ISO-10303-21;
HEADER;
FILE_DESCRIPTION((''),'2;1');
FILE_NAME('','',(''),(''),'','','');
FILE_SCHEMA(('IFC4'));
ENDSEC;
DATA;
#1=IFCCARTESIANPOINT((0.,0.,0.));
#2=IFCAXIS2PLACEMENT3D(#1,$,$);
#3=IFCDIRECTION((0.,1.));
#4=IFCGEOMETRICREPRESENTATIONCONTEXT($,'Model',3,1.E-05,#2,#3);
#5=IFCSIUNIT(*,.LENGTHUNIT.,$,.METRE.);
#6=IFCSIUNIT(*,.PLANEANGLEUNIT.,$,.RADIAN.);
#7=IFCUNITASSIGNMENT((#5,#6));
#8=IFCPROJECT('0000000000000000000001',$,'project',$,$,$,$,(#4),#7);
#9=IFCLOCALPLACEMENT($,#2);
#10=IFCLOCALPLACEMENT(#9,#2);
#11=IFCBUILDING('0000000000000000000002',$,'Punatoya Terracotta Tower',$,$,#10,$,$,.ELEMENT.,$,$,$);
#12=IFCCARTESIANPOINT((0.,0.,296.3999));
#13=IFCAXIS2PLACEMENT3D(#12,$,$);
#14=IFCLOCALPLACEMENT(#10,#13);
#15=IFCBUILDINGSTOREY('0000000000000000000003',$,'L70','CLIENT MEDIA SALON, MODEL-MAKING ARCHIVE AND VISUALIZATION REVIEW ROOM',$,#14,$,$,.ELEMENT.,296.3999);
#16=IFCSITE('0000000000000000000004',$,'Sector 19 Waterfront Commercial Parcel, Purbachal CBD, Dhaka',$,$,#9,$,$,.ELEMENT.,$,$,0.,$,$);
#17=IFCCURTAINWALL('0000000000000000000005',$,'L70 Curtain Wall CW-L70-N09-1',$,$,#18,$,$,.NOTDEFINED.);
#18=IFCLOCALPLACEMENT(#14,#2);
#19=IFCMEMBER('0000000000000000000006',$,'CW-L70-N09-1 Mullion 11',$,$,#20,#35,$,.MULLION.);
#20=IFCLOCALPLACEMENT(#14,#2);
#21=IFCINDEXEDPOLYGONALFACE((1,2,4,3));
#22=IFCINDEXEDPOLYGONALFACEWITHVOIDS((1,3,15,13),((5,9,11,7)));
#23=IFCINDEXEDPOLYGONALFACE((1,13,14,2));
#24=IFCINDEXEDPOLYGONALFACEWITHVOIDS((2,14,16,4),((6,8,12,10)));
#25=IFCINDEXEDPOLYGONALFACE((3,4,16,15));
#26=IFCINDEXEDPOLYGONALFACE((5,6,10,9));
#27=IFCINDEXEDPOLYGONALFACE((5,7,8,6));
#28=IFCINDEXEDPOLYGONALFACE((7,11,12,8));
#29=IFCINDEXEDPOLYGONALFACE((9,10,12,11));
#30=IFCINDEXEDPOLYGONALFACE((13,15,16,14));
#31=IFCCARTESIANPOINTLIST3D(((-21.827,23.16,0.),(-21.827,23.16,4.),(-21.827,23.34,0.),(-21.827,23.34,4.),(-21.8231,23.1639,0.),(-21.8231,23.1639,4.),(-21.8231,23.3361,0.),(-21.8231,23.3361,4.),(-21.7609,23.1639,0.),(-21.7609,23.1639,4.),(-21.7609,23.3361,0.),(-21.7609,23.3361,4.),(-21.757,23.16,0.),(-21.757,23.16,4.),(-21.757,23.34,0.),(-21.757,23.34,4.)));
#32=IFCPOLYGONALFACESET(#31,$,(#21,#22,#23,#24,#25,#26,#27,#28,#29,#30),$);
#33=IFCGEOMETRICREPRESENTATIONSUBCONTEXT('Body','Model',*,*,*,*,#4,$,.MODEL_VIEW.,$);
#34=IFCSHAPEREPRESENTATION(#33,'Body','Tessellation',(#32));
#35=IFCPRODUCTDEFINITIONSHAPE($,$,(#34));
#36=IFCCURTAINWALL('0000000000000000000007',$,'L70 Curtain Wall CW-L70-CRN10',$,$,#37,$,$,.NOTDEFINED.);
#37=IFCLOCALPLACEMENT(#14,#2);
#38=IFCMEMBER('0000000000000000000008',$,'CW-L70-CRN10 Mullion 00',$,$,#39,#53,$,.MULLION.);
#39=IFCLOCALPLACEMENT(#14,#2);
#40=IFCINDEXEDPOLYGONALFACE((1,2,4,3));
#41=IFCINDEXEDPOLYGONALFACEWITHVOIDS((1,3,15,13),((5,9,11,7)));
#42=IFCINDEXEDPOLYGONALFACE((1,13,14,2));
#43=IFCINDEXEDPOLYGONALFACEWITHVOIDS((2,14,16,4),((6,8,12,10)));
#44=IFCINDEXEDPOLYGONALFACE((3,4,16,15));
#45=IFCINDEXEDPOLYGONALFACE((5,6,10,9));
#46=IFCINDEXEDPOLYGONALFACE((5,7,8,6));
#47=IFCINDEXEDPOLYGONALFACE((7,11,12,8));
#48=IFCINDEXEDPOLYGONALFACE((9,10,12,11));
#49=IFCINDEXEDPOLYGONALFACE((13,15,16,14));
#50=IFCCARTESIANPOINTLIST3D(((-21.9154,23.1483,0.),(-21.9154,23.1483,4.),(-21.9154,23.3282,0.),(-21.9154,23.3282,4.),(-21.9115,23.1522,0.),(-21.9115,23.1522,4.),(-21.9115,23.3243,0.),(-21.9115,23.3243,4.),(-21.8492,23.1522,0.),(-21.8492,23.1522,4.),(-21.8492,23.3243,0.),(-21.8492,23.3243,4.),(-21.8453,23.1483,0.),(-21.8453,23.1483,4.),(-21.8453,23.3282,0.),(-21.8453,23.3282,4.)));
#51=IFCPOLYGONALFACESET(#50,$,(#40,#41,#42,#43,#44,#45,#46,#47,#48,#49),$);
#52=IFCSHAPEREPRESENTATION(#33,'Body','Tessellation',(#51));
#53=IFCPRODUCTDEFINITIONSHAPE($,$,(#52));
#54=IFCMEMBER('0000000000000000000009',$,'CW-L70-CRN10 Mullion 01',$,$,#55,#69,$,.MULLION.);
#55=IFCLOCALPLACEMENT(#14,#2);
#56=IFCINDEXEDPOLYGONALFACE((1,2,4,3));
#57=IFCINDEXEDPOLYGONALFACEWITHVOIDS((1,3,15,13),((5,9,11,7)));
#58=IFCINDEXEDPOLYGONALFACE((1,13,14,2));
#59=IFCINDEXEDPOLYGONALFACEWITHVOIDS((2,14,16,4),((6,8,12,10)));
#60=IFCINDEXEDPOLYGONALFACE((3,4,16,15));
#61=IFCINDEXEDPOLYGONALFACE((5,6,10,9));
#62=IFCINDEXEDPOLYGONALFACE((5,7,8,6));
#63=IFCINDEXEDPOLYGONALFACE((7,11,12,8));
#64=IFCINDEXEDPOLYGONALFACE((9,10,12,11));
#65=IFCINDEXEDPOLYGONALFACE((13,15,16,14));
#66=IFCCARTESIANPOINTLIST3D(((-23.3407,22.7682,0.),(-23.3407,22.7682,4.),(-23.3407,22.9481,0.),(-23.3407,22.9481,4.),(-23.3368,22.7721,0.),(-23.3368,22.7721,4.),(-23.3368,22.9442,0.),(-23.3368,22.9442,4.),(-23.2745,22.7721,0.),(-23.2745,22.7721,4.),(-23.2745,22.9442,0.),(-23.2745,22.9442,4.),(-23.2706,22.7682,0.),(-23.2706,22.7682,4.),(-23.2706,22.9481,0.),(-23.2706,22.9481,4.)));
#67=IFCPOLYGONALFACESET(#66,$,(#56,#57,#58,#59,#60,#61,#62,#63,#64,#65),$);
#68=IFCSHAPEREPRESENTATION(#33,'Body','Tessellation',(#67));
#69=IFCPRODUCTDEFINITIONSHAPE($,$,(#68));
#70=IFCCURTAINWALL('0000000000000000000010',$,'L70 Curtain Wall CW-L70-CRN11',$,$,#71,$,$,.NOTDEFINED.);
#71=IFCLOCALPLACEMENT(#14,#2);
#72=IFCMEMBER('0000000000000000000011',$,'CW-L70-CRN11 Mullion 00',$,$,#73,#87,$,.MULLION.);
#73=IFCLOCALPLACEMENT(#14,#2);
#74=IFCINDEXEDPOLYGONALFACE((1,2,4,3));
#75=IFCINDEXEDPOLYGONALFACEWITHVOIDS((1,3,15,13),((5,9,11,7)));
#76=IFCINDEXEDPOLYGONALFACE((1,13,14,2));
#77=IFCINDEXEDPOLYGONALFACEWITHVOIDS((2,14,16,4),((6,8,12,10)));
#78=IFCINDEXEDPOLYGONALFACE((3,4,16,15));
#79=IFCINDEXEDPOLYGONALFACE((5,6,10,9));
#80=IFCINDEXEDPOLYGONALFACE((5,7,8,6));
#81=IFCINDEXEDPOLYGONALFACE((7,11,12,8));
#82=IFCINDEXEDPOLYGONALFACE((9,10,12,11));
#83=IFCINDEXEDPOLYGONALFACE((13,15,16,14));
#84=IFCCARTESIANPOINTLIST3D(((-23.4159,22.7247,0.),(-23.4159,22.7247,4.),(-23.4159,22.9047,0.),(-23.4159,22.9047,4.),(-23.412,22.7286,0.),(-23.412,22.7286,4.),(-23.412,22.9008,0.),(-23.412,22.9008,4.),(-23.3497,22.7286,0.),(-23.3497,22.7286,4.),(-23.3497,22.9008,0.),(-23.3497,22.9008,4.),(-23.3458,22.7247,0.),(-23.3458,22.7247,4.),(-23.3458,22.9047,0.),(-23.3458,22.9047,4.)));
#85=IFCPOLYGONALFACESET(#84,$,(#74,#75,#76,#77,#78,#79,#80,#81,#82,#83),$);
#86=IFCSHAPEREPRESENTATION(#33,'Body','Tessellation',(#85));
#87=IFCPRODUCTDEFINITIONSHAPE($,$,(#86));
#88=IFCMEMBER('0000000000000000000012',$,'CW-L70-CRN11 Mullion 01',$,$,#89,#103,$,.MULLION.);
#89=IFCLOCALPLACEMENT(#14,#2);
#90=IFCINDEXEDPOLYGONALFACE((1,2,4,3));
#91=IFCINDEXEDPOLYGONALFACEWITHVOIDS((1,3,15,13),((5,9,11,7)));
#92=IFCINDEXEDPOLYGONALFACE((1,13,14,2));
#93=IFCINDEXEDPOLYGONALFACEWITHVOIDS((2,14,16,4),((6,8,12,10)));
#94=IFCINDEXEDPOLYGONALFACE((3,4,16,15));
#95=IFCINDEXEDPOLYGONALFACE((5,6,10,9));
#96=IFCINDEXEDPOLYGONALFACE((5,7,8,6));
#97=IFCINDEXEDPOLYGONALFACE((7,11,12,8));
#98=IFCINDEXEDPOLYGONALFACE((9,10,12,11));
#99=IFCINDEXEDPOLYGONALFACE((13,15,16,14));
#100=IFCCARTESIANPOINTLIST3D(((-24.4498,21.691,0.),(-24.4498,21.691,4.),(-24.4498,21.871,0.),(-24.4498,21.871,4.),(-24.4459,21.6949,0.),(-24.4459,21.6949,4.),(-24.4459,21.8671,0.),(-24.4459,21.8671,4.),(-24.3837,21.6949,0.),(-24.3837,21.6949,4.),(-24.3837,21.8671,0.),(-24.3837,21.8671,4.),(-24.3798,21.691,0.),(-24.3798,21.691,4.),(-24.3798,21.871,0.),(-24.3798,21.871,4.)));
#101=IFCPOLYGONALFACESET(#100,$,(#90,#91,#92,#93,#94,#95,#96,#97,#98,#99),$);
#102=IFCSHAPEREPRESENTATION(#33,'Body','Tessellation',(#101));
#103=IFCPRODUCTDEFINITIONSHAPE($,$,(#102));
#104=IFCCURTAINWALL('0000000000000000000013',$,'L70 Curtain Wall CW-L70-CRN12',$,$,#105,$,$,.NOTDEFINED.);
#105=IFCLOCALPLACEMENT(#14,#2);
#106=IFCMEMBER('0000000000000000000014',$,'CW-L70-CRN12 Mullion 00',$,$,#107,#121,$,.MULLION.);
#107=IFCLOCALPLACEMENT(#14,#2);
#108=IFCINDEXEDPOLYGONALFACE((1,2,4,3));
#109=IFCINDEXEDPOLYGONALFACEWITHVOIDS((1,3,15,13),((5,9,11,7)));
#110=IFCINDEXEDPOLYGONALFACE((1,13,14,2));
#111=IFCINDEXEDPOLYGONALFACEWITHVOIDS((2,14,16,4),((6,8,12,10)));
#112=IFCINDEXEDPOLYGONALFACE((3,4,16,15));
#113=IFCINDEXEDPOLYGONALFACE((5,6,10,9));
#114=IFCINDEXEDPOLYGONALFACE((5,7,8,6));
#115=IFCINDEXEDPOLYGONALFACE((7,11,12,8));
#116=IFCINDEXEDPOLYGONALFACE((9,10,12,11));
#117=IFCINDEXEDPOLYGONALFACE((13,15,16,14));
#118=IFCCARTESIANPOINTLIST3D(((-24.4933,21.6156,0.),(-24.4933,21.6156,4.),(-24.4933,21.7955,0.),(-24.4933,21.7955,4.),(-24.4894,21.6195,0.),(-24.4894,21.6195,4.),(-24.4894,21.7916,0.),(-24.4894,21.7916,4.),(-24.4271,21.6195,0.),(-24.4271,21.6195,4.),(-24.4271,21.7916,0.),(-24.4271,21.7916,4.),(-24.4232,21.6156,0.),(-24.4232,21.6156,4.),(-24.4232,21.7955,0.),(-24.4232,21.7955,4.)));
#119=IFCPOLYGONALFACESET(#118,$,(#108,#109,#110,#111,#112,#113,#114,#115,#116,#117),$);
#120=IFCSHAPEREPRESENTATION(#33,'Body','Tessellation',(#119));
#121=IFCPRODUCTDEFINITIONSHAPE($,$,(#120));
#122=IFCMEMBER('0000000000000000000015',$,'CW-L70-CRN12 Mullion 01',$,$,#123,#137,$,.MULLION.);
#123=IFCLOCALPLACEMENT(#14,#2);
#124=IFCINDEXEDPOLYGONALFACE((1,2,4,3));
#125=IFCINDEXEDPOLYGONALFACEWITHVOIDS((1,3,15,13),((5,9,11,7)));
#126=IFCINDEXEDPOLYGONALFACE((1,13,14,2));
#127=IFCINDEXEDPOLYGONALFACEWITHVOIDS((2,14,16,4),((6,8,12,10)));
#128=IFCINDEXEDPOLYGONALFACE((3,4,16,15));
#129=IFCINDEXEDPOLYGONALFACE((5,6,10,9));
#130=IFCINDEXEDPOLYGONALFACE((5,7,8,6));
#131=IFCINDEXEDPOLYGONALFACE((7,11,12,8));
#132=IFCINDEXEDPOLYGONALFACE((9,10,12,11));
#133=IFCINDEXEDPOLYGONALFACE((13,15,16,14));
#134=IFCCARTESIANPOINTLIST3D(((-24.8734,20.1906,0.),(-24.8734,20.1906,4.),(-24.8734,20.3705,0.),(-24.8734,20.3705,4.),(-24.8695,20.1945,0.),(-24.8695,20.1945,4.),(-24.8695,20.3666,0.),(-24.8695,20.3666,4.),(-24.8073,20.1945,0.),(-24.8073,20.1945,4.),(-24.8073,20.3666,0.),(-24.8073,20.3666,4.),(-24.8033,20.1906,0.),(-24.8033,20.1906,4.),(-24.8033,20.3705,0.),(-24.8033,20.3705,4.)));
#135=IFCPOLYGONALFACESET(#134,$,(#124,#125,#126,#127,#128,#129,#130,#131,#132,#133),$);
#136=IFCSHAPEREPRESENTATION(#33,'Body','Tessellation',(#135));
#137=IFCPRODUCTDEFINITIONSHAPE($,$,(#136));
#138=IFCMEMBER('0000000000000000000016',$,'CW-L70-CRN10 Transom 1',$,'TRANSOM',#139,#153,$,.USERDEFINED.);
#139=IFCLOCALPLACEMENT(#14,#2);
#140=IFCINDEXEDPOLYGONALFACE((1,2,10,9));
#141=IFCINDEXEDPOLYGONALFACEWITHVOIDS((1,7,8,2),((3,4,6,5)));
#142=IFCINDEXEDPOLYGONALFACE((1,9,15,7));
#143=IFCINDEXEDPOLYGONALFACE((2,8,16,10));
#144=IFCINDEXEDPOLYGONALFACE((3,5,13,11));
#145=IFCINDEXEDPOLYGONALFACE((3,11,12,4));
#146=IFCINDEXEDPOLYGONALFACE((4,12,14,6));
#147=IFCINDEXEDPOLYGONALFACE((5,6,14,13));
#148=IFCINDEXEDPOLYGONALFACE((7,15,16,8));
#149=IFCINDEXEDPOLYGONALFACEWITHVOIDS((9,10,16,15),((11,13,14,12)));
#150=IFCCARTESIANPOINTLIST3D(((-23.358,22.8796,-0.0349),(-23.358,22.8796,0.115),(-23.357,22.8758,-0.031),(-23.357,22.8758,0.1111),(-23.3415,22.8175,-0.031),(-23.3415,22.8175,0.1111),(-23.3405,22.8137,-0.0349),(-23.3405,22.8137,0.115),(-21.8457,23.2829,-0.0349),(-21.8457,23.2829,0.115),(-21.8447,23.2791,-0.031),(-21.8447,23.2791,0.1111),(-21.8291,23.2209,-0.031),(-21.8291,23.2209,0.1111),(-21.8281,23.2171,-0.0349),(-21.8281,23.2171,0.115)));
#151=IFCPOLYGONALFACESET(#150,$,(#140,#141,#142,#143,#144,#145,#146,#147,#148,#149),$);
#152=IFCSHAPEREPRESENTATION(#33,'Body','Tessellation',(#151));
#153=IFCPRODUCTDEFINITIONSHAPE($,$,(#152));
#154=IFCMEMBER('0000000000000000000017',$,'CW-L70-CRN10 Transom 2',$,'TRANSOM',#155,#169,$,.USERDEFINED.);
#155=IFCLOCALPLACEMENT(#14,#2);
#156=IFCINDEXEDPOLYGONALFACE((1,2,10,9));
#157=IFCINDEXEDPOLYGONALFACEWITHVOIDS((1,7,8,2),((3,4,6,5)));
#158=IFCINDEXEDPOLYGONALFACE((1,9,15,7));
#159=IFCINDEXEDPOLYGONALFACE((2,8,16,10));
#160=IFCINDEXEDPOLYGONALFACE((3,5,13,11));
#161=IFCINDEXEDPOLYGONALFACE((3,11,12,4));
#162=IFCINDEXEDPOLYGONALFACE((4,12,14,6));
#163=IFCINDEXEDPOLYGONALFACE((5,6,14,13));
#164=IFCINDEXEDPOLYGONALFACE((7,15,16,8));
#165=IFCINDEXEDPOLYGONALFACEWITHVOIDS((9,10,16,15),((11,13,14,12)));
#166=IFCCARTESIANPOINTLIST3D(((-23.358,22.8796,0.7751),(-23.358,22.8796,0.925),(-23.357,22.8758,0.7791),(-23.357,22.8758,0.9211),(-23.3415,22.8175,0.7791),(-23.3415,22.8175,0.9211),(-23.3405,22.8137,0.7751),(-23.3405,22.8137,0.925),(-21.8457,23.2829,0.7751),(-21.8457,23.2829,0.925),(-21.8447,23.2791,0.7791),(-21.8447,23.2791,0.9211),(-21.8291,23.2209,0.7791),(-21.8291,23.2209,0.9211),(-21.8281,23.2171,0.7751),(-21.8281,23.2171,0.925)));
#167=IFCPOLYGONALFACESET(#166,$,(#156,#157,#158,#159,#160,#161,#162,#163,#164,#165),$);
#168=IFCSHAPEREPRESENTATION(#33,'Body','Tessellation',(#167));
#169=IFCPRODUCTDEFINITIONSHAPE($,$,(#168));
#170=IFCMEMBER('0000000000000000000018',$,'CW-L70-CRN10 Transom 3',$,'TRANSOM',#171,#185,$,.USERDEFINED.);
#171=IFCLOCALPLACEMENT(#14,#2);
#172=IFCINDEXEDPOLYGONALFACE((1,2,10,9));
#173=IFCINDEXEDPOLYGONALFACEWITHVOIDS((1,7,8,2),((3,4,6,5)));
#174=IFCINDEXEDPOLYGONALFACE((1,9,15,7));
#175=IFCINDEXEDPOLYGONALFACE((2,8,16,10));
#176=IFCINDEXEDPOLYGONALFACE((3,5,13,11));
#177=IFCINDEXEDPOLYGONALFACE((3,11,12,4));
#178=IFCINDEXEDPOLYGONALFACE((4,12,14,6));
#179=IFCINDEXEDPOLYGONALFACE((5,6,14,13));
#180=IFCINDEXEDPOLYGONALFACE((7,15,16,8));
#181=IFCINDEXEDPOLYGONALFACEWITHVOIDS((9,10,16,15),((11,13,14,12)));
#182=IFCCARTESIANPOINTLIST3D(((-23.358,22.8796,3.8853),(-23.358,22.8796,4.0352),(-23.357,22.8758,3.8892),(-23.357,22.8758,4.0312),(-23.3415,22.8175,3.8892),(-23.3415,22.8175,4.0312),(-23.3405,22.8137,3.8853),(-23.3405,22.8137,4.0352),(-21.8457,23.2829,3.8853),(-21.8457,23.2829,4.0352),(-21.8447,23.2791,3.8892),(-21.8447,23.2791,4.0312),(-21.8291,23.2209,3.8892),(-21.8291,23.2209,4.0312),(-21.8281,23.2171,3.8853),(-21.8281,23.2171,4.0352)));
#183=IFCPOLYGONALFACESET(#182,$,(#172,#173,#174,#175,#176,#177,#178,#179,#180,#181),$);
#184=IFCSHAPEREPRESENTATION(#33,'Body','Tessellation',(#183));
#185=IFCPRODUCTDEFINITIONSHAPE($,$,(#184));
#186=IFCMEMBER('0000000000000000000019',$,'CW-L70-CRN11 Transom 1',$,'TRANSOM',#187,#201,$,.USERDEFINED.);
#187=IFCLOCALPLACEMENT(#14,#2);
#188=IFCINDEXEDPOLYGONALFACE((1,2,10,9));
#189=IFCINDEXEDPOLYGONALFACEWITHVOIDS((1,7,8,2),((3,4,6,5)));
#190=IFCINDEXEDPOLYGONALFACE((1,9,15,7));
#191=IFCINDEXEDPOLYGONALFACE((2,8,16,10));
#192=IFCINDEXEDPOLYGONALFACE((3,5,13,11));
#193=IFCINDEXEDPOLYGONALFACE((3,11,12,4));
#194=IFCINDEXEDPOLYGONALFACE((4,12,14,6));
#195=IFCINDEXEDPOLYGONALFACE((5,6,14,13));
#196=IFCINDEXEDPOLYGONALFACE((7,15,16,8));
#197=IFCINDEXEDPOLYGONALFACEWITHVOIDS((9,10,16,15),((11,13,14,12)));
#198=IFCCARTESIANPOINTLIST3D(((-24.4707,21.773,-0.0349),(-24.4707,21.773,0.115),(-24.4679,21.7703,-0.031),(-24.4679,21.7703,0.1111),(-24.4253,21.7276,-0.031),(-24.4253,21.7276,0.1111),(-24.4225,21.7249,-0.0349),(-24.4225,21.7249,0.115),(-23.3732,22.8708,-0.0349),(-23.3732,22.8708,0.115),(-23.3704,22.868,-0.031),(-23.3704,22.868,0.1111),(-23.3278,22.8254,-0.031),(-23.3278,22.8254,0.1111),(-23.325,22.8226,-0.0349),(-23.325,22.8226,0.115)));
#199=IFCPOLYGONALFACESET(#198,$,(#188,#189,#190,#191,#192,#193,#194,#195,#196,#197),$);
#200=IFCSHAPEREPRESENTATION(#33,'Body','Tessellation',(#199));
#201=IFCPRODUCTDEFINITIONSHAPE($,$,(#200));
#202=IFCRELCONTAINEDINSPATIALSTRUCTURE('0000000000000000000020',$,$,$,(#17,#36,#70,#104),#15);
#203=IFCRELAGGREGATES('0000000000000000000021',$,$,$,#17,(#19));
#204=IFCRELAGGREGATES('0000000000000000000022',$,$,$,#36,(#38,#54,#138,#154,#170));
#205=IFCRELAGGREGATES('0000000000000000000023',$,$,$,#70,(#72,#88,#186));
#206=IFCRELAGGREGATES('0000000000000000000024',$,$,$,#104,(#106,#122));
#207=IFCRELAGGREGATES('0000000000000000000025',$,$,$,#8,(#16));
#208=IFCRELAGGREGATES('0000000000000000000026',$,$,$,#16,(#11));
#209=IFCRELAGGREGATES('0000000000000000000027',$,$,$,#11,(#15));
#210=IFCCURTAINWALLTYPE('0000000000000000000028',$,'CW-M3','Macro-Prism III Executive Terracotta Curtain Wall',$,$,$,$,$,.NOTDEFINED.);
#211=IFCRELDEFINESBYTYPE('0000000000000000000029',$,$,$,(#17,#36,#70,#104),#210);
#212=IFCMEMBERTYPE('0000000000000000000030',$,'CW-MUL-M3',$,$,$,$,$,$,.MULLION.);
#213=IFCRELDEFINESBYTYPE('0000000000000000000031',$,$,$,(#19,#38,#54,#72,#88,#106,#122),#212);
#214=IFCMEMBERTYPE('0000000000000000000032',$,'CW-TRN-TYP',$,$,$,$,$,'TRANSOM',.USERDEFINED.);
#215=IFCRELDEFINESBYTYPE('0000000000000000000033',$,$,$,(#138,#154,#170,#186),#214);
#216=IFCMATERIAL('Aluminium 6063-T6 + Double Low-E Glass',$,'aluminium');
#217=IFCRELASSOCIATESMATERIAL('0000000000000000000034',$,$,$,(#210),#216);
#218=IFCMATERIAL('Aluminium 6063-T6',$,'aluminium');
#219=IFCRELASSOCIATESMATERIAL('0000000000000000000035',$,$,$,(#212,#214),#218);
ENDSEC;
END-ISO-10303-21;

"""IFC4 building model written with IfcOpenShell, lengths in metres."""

from ifc_helpers import new_model, si_unit, direction, frame, origin, origin_2d, place, context, subcontext, project, spatial, hollow_rectangle, extrude, material, material_profile, profile_set, type_object, element, aggregate, save


model = new_model("IFC4")

# Units and contexts
model_context = context("Model", 3, precision=1e-05, world=origin(), true_north=direction((0.0, 1.0)))
body_context = subcontext(model_context, "Body", "Model", "MODEL_VIEW")
ifc_project = project(units=[si_unit("LENGTHUNIT", "METRE"), si_unit("PLANEANGLEUNIT", "RADIAN")], contexts=[model_context])

# Site, building, storey
site_placement = place(None, origin())
site = spatial("IfcSite", under=ifc_project, at=site_placement, Name="Sector 19 Waterfront Commercial Parcel, Purbachal CBD, Dhaka", CompositionType="ELEMENT", RefElevation=0.0)
building_placement = place(site_placement, origin())
building = spatial("IfcBuilding", under=site, at=building_placement, Name="Punatoya Terracotta Tower", CompositionType="ELEMENT")
storey_placement = place(building_placement, frame((0.0, 0.0, 296.3999)))
storey = spatial("IfcBuildingStorey", under=building, at=storey_placement, Name="L70", Description="CLIENT MEDIA SALON, MODEL-MAKING ARCHIVE AND VISUALIZATION REVIEW ROOM", CompositionType="ELEMENT", Elevation=296.3999)

# Curtain wall, member
ifc_material_1 = material(Name="Aluminium 6063-T6 + Double Low-E Glass", Category="aluminium")
curtain_wall_type = type_object("IfcCurtainWallType", Name="CW-M3", Description="Macro-Prism III Executive Terracotta Curtain Wall", PredefinedType="NOTDEFINED", material=ifc_material_1)
curtain_wall_1_placement = place(storey_placement, origin())
curtain_wall_1 = element("IfcCurtainWall", 1, at=curtain_wall_1_placement, inside=storey, type_object=curtain_wall_type, Name="L70 Curtain Wall CW-L70-N09-1", PredefinedType="NOTDEFINED")
ifc_material_2 = material(Name="Aluminium 6063-T6", Category="aluminium")
ifc_material_profile_1 = material_profile(ifc_material_2, hollow_rectangle(XDim=0.0701, YDim=0.1799, WallThickness=0.0039, at=origin_2d()))
ifc_profile_set_1 = profile_set([ifc_material_profile_1], Name="Aluminium 6063-T6")
member_type_1 = type_object("IfcMemberType", Name="CW-MUL-M3", PredefinedType="MULLION", material=ifc_profile_set_1)
member_1_placement = place(storey_placement, frame((-21.792, 23.25, 0.0), z_axis=(0.0, 0.0, 1.0), x_axis=(1.0, 0.0, 0.0)))
member_1 = element("IfcMember", 2, at=member_1_placement, type_object=member_type_1, Name="CW-L70-N09-1 Mullion 11", PredefinedType="MULLION", context=body_context, shape_type="SweptSolid", body=[
    extrude(hollow_rectangle(XDim=0.0701, YDim=0.1799, WallThickness=0.0039, at=origin_2d()), origin(), (0.0, 0.0, 1.0), 4.0),
])

# Curtain walls, members
curtain_wall_2_placement = place(storey_placement, origin())
curtain_wall_2 = element("IfcCurtainWall", 3, at=curtain_wall_2_placement, inside=storey, type_object=curtain_wall_type, Name="L70 Curtain Wall CW-L70-CRN10", PredefinedType="NOTDEFINED")
member_2_placement = place(storey_placement, frame((-21.8804, 23.2383, 0.0), z_axis=(0.0, 0.0, 1.0), x_axis=(1.0, 0.0, 0.0)))
member_2 = element("IfcMember", 4, at=member_2_placement, type_object=member_type_1, Name="CW-L70-CRN10 Mullion 00", PredefinedType="MULLION", context=body_context, shape_type="SweptSolid", body=[
    extrude(hollow_rectangle(XDim=0.0701, YDim=0.1799, WallThickness=0.0039, at=origin_2d()), origin(), (0.0, 0.0, 1.0), 4.0),
])
member_3_placement = place(storey_placement, frame((-23.3057, 22.8582, 0.0), z_axis=(0.0, 0.0, 1.0), x_axis=(1.0, 0.0, 0.0)))
member_3 = element("IfcMember", 5, at=member_3_placement, type_object=member_type_1, Name="CW-L70-CRN10 Mullion 01", PredefinedType="MULLION", context=body_context, shape_type="SweptSolid", body=[
    extrude(hollow_rectangle(XDim=0.0701, YDim=0.1799, WallThickness=0.0039, at=origin_2d()), origin(), (0.0, 0.0, 1.0), 4.0),
])
curtain_wall_3_placement = place(storey_placement, origin())
curtain_wall_3 = element("IfcCurtainWall", 6, at=curtain_wall_3_placement, inside=storey, type_object=curtain_wall_type, Name="L70 Curtain Wall CW-L70-CRN11", PredefinedType="NOTDEFINED")
member_4_placement = place(storey_placement, frame((-23.3809, 22.8147, 0.0), z_axis=(0.0, 0.0, 1.0), x_axis=(1.0, 0.0, 0.0)))
member_4 = element("IfcMember", 7, at=member_4_placement, type_object=member_type_1, Name="CW-L70-CRN11 Mullion 00", PredefinedType="MULLION", context=body_context, shape_type="SweptSolid", body=[
    extrude(hollow_rectangle(XDim=0.0701, YDim=0.1799, WallThickness=0.0039, at=origin_2d()), origin(), (0.0, 0.0, 1.0), 4.0),
])
member_5_placement = place(storey_placement, frame((-24.4148, 21.781, 0.0), z_axis=(0.0, 0.0, 1.0), x_axis=(1.0, 0.0, 0.0)))
member_5 = element("IfcMember", 8, at=member_5_placement, type_object=member_type_1, Name="CW-L70-CRN11 Mullion 01", PredefinedType="MULLION", context=body_context, shape_type="SweptSolid", body=[
    extrude(hollow_rectangle(XDim=0.0701, YDim=0.1799, WallThickness=0.0039, at=origin_2d()), origin(), (0.0, 0.0, 1.0), 4.0),
])
curtain_wall_4_placement = place(storey_placement, origin())
curtain_wall_4 = element("IfcCurtainWall", 9, at=curtain_wall_4_placement, inside=storey, type_object=curtain_wall_type, Name="L70 Curtain Wall CW-L70-CRN12", PredefinedType="NOTDEFINED")
member_6_placement = place(storey_placement, frame((-24.4583, 21.7056, 0.0), z_axis=(0.0, 0.0, 1.0), x_axis=(1.0, 0.0, 0.0)))
member_6 = element("IfcMember", 10, at=member_6_placement, type_object=member_type_1, Name="CW-L70-CRN12 Mullion 00", PredefinedType="MULLION", context=body_context, shape_type="SweptSolid", body=[
    extrude(hollow_rectangle(XDim=0.0701, YDim=0.1799, WallThickness=0.0039, at=origin_2d()), origin(), (0.0, 0.0, 1.0), 4.0),
])
member_7_placement = place(storey_placement, frame((-24.8384, 20.2805, 0.0), z_axis=(0.0, 0.0, 1.0), x_axis=(1.0, 0.0, 0.0)))
member_7 = element("IfcMember", 11, at=member_7_placement, type_object=member_type_1, Name="CW-L70-CRN12 Mullion 01", PredefinedType="MULLION", context=body_context, shape_type="SweptSolid", body=[
    extrude(hollow_rectangle(XDim=0.0701, YDim=0.1799, WallThickness=0.0039, at=origin_2d()), origin(), (0.0, 0.0, 1.0), 4.0),
])

# Members
ifc_material_profile_2 = material_profile(ifc_material_2, hollow_rectangle(XDim=0.0681, YDim=0.1499, WallThickness=0.0039, at=origin_2d()))
ifc_profile_set_2 = profile_set([ifc_material_profile_2], Name="Aluminium 6063-T6")
member_type_2 = type_object("IfcMemberType", Name="CW-TRN-TYP", ElementType="TRANSOM", PredefinedType="USERDEFINED", material=ifc_profile_set_2)
member_8_placement = place(storey_placement, frame((-21.8369, 23.25, 0.04), z_axis=(-0.966225, -0.257701, 0.0), x_axis=(0.257701, -0.966225, 0.0)))
member_8 = element("IfcMember", 12, at=member_8_placement, type_object=member_type_2, Name="CW-L70-CRN10 Transom 1", ObjectType="TRANSOM", PredefinedType="USERDEFINED", context=body_context, shape_type="SweptSolid", body=[
    extrude(hollow_rectangle(XDim=0.0681, YDim=0.1499, WallThickness=0.0039, at=origin_2d()), origin(), (0.0, 0.0, 1.0), 1.5652),
])
member_9_placement = place(storey_placement, frame((-21.8369, 23.25, 0.8501), z_axis=(-0.966225, -0.257701, 0.0), x_axis=(0.257701, -0.966225, 0.0)))
member_9 = element("IfcMember", 13, at=member_9_placement, type_object=member_type_2, Name="CW-L70-CRN10 Transom 2", ObjectType="TRANSOM", PredefinedType="USERDEFINED", context=body_context, shape_type="SweptSolid", body=[
    extrude(hollow_rectangle(XDim=0.0681, YDim=0.1499, WallThickness=0.0039, at=origin_2d()), origin(), (0.0, 0.0, 1.0), 1.5652),
])
member_10_placement = place(storey_placement, frame((-21.8369, 23.25, 3.9602), z_axis=(-0.966225, -0.257701, 0.0), x_axis=(0.257701, -0.966225, 0.0)))
member_10 = element("IfcMember", 14, at=member_10_placement, type_object=member_type_2, Name="CW-L70-CRN10 Transom 3", ObjectType="TRANSOM", PredefinedType="USERDEFINED", context=body_context, shape_type="SweptSolid", body=[
    extrude(hollow_rectangle(XDim=0.0681, YDim=0.1499, WallThickness=0.0039, at=origin_2d()), origin(), (0.0, 0.0, 1.0), 1.5652),
])
member_11_placement = place(storey_placement, frame((-23.3491, 22.8467, 0.04), z_axis=(-0.707028, -0.707185, 0.0), x_axis=(0.707185, -0.707028, 0.0)))
member_11 = element("IfcMember", 15, at=member_11_placement, type_object=member_type_2, Name="CW-L70-CRN11 Transom 1", ObjectType="TRANSOM", PredefinedType="USERDEFINED", context=body_context, shape_type="SweptSolid", body=[
    extrude(hollow_rectangle(XDim=0.0681, YDim=0.1499, WallThickness=0.0039, at=origin_2d()), origin(), (0.0, 0.0, 1.0), 1.5522),
])

aggregate(curtain_wall_1, [member_1])
aggregate(curtain_wall_2, [member_2, member_3, member_8, member_9, member_10])
aggregate(curtain_wall_3, [member_4, member_5, member_11])
aggregate(curtain_wall_4, [member_6, member_7])

save(model, "model.ifc")
